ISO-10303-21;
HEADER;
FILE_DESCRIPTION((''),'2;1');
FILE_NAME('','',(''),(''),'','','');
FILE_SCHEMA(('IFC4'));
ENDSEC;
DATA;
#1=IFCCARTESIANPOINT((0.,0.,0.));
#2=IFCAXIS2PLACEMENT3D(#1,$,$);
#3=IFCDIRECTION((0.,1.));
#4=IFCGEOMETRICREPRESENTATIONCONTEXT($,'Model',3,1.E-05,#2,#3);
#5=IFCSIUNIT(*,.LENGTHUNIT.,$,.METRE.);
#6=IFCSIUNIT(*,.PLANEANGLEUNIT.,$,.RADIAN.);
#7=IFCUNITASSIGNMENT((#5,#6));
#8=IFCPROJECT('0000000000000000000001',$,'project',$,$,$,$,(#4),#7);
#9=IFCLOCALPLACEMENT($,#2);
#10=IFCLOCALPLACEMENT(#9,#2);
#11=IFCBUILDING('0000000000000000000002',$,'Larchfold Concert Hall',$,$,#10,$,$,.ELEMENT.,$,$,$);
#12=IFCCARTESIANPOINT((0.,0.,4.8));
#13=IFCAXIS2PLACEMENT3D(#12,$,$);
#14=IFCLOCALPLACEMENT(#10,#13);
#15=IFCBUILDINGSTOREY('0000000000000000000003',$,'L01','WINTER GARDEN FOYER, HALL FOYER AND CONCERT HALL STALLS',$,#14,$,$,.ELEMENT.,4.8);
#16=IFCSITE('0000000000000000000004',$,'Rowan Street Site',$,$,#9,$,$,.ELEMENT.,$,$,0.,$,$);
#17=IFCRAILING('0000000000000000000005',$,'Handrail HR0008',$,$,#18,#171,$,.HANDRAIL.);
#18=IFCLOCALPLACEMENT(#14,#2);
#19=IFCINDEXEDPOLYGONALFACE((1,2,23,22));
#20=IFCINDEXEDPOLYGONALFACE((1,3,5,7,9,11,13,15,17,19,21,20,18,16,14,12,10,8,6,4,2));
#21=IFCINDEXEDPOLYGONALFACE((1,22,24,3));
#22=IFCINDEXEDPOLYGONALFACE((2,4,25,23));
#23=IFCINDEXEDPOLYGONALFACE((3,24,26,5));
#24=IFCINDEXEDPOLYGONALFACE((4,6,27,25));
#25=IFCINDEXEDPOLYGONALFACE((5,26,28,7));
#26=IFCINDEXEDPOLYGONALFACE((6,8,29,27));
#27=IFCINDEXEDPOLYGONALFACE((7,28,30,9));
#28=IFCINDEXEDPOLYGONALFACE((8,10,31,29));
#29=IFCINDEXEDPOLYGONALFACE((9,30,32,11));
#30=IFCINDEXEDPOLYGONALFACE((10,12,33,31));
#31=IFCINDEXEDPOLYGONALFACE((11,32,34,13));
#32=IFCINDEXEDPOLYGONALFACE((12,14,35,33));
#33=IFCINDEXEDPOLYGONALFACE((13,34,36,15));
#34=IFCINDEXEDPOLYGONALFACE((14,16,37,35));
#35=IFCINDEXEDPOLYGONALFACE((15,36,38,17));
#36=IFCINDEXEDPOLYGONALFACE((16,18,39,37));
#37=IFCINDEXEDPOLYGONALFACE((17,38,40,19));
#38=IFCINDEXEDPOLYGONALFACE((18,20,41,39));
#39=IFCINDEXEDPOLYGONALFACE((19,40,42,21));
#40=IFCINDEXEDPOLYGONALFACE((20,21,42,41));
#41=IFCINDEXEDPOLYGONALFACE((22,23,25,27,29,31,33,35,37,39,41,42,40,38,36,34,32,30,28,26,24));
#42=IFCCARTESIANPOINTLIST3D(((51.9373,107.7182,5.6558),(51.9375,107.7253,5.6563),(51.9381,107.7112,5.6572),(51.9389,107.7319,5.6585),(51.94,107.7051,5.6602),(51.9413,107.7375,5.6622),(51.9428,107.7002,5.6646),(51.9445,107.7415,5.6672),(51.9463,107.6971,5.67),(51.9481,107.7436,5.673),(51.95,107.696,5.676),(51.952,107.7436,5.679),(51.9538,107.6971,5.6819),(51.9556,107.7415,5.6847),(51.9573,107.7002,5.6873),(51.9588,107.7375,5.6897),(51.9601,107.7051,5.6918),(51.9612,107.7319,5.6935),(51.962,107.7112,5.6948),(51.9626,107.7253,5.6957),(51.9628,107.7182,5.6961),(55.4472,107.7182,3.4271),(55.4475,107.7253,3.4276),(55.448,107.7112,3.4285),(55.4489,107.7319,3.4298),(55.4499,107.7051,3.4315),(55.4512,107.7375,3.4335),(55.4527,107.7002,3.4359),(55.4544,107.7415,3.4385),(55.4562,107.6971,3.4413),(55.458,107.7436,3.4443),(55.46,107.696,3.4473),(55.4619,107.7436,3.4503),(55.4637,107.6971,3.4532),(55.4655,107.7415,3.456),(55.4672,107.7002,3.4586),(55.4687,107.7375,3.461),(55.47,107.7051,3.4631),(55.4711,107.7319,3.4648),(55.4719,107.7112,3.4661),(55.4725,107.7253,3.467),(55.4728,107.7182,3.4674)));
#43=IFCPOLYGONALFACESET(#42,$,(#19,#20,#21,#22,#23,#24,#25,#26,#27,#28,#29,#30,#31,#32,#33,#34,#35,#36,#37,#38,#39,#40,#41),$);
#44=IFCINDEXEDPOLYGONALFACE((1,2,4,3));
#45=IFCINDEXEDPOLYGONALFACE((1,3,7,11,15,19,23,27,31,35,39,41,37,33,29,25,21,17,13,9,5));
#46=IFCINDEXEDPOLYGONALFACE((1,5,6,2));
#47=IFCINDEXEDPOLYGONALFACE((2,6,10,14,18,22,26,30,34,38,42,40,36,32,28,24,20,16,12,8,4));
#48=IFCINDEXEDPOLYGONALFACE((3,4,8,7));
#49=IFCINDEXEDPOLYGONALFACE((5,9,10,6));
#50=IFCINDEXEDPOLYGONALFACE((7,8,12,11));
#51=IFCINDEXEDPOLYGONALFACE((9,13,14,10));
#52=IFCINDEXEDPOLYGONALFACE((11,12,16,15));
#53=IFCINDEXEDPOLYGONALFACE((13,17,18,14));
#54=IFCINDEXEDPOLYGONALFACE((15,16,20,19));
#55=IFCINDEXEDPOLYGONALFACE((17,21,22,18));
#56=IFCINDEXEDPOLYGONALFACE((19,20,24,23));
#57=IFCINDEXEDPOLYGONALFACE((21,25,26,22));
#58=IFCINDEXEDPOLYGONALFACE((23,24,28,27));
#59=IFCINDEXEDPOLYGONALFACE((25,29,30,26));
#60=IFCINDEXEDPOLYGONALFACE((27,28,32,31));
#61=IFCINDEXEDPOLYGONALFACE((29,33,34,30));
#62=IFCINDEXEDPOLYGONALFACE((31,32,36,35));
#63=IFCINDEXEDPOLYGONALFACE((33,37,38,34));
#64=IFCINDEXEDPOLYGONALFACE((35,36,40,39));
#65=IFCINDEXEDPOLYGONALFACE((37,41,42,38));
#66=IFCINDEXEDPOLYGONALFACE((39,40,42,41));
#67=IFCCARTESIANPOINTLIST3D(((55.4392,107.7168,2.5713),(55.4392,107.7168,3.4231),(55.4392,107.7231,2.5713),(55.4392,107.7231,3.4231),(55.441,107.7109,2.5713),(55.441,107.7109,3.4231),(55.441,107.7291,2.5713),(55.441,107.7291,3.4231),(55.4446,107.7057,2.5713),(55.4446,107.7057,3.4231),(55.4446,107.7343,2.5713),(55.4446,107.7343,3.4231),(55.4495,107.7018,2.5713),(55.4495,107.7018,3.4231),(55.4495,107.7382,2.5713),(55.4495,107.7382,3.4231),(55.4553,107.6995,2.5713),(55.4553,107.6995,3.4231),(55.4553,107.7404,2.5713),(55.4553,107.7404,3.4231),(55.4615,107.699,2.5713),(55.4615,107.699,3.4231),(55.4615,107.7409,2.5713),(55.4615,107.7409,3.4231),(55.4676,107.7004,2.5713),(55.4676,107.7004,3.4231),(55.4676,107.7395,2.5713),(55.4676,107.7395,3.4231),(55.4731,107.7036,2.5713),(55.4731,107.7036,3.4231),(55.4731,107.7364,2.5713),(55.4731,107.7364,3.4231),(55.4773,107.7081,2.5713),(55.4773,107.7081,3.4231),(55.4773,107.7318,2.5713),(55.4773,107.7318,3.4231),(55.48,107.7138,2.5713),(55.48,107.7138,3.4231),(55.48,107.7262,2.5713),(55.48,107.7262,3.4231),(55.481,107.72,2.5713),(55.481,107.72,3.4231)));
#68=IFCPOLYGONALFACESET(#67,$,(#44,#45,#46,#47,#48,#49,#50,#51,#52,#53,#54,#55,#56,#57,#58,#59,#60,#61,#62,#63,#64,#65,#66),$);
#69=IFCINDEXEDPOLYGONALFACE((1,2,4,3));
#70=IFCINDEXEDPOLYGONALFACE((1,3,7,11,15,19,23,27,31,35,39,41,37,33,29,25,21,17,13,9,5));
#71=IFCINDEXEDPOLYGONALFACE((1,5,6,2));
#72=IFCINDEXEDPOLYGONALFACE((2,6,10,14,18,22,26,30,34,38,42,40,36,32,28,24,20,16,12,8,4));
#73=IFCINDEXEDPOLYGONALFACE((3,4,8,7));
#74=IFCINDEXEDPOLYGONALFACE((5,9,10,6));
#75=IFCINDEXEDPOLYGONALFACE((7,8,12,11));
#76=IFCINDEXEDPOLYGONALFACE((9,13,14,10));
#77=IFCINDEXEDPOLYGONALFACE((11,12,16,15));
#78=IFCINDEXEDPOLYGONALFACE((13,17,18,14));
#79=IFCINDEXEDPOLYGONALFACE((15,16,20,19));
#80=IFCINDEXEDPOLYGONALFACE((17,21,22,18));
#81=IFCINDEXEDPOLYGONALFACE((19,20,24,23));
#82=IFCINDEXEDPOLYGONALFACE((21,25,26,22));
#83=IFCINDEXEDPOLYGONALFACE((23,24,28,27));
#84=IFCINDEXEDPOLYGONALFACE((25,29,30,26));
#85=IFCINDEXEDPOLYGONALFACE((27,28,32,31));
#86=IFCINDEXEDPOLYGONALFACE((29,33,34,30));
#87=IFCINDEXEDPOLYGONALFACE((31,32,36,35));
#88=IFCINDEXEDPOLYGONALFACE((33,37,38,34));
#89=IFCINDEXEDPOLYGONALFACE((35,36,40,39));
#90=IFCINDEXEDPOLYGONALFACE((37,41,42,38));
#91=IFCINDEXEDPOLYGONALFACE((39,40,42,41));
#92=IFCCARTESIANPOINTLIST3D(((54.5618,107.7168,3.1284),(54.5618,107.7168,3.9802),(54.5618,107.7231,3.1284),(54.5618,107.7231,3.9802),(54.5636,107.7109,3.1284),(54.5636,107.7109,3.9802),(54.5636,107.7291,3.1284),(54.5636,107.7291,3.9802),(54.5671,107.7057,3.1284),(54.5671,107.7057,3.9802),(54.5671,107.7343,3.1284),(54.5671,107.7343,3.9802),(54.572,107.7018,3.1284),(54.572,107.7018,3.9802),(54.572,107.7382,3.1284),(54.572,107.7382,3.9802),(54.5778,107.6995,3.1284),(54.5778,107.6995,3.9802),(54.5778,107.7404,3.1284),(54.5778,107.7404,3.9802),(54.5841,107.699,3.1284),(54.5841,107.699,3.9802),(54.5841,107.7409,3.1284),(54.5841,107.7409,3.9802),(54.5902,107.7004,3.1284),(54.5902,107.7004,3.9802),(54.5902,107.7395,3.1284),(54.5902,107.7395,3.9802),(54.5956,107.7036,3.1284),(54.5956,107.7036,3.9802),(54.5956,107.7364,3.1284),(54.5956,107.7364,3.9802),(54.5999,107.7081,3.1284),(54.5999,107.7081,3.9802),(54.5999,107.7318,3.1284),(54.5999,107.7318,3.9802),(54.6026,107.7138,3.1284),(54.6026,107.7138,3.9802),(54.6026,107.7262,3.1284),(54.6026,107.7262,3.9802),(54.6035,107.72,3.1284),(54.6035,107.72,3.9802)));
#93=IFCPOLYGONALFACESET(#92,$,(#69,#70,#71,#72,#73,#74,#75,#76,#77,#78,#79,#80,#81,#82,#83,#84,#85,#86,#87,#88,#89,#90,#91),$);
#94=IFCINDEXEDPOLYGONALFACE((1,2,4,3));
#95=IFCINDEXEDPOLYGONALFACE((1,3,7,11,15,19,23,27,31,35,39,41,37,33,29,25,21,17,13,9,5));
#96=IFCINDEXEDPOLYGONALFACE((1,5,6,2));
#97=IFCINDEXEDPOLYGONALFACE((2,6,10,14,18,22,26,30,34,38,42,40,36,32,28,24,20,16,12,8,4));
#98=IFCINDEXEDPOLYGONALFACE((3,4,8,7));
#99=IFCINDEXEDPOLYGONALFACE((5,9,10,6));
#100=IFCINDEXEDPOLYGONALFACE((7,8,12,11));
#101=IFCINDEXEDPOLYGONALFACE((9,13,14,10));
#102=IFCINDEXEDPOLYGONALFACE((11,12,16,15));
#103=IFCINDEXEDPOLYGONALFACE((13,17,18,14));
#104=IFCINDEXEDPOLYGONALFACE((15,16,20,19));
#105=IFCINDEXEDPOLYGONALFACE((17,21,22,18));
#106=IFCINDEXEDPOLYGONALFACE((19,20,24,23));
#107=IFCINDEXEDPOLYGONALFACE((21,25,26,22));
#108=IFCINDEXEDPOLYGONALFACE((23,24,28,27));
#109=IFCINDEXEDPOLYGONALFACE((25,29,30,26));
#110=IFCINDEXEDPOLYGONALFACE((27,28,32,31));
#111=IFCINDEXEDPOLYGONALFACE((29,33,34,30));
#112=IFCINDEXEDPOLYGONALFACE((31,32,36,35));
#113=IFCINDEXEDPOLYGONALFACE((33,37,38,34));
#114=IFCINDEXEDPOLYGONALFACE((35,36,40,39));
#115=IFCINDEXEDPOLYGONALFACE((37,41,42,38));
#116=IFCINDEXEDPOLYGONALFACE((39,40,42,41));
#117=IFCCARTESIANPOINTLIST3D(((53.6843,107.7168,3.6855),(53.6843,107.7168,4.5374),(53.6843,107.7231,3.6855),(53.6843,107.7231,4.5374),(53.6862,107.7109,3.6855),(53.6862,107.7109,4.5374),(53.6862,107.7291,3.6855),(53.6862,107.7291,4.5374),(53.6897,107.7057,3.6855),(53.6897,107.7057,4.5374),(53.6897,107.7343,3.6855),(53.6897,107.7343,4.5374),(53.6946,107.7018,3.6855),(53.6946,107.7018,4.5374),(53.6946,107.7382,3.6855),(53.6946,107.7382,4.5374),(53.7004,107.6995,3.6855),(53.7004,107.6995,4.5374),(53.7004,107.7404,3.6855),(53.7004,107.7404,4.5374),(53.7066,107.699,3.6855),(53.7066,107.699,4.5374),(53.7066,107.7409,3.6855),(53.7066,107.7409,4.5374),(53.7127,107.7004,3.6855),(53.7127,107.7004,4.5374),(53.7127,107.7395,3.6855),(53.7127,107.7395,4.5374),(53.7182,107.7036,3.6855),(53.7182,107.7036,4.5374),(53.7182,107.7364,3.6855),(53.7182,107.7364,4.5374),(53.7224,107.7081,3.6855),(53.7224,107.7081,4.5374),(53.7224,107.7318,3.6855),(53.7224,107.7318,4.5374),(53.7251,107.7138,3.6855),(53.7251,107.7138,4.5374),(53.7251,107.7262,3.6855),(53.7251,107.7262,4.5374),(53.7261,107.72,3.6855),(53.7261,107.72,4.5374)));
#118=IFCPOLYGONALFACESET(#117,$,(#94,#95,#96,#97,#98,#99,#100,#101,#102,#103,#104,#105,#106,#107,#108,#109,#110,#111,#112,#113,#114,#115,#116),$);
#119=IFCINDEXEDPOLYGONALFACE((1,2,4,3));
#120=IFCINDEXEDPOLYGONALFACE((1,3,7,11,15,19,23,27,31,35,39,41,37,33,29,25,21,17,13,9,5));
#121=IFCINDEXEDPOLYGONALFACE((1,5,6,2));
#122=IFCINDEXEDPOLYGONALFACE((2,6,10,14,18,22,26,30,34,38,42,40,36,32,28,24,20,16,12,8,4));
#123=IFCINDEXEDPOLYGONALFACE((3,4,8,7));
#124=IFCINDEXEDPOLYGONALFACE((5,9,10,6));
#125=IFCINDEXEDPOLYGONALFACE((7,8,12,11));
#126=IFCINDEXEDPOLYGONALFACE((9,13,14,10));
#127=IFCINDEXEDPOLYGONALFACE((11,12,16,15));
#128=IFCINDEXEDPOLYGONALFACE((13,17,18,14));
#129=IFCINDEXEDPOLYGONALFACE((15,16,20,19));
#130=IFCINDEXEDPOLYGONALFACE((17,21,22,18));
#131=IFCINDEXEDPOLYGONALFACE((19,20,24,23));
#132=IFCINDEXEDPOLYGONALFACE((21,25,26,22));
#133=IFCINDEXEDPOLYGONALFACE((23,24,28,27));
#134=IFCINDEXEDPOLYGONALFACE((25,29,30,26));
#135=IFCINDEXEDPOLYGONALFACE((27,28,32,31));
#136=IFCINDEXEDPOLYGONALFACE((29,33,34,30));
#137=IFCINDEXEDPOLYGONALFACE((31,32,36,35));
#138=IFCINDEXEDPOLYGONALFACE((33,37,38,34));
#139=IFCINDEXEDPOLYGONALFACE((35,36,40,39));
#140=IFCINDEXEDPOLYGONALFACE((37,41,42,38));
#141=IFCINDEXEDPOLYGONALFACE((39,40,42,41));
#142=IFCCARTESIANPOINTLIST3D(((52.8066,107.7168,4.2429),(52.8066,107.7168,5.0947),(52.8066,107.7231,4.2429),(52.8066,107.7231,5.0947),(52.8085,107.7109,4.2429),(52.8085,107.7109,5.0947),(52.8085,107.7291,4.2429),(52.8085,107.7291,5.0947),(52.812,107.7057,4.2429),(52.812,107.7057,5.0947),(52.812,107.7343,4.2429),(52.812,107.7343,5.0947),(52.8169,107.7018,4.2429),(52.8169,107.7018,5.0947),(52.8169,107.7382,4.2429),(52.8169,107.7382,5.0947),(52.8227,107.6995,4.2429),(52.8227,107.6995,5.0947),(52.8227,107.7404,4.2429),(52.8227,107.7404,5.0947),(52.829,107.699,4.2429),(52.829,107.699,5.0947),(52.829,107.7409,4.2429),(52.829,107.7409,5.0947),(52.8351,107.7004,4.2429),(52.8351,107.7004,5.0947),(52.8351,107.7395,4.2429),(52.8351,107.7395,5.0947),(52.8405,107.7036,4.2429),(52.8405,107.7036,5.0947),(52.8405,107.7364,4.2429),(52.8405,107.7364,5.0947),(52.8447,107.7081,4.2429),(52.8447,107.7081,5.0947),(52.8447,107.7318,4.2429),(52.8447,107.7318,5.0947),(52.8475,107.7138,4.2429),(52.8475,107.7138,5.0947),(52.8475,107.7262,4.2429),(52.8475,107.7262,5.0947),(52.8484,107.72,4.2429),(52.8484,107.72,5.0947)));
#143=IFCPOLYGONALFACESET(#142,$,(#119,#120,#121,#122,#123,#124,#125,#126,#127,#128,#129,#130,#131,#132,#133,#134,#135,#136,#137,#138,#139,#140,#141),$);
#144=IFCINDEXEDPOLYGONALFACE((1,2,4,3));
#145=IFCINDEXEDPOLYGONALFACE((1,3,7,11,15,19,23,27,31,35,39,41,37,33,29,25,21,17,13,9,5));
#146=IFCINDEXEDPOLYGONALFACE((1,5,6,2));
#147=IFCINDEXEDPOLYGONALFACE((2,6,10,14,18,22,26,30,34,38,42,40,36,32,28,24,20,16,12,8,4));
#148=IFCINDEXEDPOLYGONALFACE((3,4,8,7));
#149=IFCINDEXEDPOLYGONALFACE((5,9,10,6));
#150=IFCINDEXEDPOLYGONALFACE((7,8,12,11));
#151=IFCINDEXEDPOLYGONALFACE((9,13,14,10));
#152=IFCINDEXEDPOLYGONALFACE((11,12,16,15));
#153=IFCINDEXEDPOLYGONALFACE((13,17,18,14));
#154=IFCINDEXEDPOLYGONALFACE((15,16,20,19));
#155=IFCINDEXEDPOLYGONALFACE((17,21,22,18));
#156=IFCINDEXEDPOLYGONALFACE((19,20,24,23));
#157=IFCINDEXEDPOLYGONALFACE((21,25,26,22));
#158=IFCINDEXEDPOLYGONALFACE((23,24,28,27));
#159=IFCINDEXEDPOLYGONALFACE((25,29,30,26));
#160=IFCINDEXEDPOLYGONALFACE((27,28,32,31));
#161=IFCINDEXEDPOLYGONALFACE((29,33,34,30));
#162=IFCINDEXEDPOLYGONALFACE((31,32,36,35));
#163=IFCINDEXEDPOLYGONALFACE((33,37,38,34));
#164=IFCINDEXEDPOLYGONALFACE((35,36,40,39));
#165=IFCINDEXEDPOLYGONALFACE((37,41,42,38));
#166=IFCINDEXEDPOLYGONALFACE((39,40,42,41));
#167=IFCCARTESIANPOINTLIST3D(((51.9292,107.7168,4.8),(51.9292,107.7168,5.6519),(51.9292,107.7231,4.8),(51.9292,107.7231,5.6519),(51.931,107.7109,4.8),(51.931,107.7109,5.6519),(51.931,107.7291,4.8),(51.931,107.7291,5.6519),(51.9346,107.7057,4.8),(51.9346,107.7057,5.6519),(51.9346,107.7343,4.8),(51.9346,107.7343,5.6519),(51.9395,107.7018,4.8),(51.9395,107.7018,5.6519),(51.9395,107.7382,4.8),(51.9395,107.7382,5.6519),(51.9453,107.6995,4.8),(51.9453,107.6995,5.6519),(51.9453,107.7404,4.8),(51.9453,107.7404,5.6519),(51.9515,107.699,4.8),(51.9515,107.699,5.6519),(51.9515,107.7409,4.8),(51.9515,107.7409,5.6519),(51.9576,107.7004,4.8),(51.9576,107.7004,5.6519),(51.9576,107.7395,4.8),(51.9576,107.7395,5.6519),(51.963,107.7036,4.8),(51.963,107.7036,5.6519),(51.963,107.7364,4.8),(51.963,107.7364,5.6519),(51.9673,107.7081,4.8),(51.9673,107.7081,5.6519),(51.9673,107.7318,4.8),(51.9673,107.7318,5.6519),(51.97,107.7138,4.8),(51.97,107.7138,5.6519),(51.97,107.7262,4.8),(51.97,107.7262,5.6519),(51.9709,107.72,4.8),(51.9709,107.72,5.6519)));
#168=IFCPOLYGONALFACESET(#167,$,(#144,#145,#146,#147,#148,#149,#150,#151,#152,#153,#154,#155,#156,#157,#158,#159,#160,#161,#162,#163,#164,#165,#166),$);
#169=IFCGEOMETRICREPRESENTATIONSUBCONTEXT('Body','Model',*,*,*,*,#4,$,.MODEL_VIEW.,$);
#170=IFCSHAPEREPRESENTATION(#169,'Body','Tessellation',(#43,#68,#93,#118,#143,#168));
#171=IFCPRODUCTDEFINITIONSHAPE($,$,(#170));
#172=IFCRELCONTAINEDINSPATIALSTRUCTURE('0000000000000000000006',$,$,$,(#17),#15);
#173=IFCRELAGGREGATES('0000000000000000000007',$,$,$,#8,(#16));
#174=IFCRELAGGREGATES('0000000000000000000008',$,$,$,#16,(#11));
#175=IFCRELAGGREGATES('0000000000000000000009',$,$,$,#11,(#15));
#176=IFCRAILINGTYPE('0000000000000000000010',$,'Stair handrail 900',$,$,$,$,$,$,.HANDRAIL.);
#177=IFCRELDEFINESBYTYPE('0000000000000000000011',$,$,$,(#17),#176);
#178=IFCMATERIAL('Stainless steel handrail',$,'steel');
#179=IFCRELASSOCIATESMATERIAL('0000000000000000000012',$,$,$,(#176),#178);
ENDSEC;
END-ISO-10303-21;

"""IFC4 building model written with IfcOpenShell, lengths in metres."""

from ifc_helpers import new_model, si_unit, direction, frame, origin, origin_2d, place, context, subcontext, project, spatial, circle, extrude, material, type_object, element, save


model = new_model("IFC4")

# Units and contexts
model_context = context("Model", 3, precision=1e-05, world=origin(), true_north=direction((0.0, 1.0)))
body_context = subcontext(model_context, "Body", "Model", "MODEL_VIEW")
ifc_project = project(units=[si_unit("LENGTHUNIT", "METRE"), si_unit("PLANEANGLEUNIT", "RADIAN")], contexts=[model_context])

# Site, building, storey
site_placement = place(None, origin())
site = spatial("IfcSite", under=ifc_project, at=site_placement, Name="Rowan Street Site", CompositionType="ELEMENT", RefElevation=0.0)
building_placement = place(site_placement, origin())
building = spatial("IfcBuilding", under=site, at=building_placement, Name="Larchfold Concert Hall", CompositionType="ELEMENT")
storey_placement = place(building_placement, frame((0.0, 0.0, 4.8)))
storey = spatial("IfcBuildingStorey", under=building, at=storey_placement, Name="L01", Description="WINTER GARDEN FOYER, HALL FOYER AND CONCERT HALL STALLS", CompositionType="ELEMENT", Elevation=4.8)

# Railing
ifc_material_1 = material(Name="Stainless steel handrail", Category="steel")
railing_type_1 = type_object("IfcRailingType", Name="Stair handrail 900", PredefinedType="HANDRAIL", material=ifc_material_1)
railing_1_placement = place(storey_placement, frame((55.46, 107.72, 2.5713)))
element("IfcRailing", 1, at=railing_1_placement, inside=storey, type_object=railing_type_1, Name="Handrail HR0008", PredefinedType="HANDRAIL", context=body_context, shape_type="SweptSolid", body=[
    extrude(circle(Radius=0.0239, at=origin_2d()), frame((0.0, 0.0, 0.876), z_axis=(-0.844193, 0.0, 0.536039), x_axis=(0.0, -1.0, 0.0)), (0.0, 0.0, 1.0), 4.1577),
    extrude(circle(Radius=0.021, at=origin_2d()), origin(), (0.0, 0.0, 1.0), 0.8518),
    extrude(circle(Radius=0.021, at=origin_2d()), frame((-0.8774, 0.0, 0.5571)), (0.0, 0.0, 1.0), 0.8518),
    extrude(circle(Radius=0.021, at=origin_2d()), frame((-1.7549, 0.0, 1.1143)), (0.0, 0.0, 1.0), 0.8518),
    extrude(circle(Radius=0.021, at=origin_2d()), frame((-2.6326, 0.0, 1.6716)), (0.0, 0.0, 1.0), 0.8518),
    extrude(circle(Radius=0.021, at=origin_2d()), frame((-3.51, 0.0, 2.2288)), (0.0, 0.0, 1.0), 0.8518),
])

save(model, "model.ifc")
